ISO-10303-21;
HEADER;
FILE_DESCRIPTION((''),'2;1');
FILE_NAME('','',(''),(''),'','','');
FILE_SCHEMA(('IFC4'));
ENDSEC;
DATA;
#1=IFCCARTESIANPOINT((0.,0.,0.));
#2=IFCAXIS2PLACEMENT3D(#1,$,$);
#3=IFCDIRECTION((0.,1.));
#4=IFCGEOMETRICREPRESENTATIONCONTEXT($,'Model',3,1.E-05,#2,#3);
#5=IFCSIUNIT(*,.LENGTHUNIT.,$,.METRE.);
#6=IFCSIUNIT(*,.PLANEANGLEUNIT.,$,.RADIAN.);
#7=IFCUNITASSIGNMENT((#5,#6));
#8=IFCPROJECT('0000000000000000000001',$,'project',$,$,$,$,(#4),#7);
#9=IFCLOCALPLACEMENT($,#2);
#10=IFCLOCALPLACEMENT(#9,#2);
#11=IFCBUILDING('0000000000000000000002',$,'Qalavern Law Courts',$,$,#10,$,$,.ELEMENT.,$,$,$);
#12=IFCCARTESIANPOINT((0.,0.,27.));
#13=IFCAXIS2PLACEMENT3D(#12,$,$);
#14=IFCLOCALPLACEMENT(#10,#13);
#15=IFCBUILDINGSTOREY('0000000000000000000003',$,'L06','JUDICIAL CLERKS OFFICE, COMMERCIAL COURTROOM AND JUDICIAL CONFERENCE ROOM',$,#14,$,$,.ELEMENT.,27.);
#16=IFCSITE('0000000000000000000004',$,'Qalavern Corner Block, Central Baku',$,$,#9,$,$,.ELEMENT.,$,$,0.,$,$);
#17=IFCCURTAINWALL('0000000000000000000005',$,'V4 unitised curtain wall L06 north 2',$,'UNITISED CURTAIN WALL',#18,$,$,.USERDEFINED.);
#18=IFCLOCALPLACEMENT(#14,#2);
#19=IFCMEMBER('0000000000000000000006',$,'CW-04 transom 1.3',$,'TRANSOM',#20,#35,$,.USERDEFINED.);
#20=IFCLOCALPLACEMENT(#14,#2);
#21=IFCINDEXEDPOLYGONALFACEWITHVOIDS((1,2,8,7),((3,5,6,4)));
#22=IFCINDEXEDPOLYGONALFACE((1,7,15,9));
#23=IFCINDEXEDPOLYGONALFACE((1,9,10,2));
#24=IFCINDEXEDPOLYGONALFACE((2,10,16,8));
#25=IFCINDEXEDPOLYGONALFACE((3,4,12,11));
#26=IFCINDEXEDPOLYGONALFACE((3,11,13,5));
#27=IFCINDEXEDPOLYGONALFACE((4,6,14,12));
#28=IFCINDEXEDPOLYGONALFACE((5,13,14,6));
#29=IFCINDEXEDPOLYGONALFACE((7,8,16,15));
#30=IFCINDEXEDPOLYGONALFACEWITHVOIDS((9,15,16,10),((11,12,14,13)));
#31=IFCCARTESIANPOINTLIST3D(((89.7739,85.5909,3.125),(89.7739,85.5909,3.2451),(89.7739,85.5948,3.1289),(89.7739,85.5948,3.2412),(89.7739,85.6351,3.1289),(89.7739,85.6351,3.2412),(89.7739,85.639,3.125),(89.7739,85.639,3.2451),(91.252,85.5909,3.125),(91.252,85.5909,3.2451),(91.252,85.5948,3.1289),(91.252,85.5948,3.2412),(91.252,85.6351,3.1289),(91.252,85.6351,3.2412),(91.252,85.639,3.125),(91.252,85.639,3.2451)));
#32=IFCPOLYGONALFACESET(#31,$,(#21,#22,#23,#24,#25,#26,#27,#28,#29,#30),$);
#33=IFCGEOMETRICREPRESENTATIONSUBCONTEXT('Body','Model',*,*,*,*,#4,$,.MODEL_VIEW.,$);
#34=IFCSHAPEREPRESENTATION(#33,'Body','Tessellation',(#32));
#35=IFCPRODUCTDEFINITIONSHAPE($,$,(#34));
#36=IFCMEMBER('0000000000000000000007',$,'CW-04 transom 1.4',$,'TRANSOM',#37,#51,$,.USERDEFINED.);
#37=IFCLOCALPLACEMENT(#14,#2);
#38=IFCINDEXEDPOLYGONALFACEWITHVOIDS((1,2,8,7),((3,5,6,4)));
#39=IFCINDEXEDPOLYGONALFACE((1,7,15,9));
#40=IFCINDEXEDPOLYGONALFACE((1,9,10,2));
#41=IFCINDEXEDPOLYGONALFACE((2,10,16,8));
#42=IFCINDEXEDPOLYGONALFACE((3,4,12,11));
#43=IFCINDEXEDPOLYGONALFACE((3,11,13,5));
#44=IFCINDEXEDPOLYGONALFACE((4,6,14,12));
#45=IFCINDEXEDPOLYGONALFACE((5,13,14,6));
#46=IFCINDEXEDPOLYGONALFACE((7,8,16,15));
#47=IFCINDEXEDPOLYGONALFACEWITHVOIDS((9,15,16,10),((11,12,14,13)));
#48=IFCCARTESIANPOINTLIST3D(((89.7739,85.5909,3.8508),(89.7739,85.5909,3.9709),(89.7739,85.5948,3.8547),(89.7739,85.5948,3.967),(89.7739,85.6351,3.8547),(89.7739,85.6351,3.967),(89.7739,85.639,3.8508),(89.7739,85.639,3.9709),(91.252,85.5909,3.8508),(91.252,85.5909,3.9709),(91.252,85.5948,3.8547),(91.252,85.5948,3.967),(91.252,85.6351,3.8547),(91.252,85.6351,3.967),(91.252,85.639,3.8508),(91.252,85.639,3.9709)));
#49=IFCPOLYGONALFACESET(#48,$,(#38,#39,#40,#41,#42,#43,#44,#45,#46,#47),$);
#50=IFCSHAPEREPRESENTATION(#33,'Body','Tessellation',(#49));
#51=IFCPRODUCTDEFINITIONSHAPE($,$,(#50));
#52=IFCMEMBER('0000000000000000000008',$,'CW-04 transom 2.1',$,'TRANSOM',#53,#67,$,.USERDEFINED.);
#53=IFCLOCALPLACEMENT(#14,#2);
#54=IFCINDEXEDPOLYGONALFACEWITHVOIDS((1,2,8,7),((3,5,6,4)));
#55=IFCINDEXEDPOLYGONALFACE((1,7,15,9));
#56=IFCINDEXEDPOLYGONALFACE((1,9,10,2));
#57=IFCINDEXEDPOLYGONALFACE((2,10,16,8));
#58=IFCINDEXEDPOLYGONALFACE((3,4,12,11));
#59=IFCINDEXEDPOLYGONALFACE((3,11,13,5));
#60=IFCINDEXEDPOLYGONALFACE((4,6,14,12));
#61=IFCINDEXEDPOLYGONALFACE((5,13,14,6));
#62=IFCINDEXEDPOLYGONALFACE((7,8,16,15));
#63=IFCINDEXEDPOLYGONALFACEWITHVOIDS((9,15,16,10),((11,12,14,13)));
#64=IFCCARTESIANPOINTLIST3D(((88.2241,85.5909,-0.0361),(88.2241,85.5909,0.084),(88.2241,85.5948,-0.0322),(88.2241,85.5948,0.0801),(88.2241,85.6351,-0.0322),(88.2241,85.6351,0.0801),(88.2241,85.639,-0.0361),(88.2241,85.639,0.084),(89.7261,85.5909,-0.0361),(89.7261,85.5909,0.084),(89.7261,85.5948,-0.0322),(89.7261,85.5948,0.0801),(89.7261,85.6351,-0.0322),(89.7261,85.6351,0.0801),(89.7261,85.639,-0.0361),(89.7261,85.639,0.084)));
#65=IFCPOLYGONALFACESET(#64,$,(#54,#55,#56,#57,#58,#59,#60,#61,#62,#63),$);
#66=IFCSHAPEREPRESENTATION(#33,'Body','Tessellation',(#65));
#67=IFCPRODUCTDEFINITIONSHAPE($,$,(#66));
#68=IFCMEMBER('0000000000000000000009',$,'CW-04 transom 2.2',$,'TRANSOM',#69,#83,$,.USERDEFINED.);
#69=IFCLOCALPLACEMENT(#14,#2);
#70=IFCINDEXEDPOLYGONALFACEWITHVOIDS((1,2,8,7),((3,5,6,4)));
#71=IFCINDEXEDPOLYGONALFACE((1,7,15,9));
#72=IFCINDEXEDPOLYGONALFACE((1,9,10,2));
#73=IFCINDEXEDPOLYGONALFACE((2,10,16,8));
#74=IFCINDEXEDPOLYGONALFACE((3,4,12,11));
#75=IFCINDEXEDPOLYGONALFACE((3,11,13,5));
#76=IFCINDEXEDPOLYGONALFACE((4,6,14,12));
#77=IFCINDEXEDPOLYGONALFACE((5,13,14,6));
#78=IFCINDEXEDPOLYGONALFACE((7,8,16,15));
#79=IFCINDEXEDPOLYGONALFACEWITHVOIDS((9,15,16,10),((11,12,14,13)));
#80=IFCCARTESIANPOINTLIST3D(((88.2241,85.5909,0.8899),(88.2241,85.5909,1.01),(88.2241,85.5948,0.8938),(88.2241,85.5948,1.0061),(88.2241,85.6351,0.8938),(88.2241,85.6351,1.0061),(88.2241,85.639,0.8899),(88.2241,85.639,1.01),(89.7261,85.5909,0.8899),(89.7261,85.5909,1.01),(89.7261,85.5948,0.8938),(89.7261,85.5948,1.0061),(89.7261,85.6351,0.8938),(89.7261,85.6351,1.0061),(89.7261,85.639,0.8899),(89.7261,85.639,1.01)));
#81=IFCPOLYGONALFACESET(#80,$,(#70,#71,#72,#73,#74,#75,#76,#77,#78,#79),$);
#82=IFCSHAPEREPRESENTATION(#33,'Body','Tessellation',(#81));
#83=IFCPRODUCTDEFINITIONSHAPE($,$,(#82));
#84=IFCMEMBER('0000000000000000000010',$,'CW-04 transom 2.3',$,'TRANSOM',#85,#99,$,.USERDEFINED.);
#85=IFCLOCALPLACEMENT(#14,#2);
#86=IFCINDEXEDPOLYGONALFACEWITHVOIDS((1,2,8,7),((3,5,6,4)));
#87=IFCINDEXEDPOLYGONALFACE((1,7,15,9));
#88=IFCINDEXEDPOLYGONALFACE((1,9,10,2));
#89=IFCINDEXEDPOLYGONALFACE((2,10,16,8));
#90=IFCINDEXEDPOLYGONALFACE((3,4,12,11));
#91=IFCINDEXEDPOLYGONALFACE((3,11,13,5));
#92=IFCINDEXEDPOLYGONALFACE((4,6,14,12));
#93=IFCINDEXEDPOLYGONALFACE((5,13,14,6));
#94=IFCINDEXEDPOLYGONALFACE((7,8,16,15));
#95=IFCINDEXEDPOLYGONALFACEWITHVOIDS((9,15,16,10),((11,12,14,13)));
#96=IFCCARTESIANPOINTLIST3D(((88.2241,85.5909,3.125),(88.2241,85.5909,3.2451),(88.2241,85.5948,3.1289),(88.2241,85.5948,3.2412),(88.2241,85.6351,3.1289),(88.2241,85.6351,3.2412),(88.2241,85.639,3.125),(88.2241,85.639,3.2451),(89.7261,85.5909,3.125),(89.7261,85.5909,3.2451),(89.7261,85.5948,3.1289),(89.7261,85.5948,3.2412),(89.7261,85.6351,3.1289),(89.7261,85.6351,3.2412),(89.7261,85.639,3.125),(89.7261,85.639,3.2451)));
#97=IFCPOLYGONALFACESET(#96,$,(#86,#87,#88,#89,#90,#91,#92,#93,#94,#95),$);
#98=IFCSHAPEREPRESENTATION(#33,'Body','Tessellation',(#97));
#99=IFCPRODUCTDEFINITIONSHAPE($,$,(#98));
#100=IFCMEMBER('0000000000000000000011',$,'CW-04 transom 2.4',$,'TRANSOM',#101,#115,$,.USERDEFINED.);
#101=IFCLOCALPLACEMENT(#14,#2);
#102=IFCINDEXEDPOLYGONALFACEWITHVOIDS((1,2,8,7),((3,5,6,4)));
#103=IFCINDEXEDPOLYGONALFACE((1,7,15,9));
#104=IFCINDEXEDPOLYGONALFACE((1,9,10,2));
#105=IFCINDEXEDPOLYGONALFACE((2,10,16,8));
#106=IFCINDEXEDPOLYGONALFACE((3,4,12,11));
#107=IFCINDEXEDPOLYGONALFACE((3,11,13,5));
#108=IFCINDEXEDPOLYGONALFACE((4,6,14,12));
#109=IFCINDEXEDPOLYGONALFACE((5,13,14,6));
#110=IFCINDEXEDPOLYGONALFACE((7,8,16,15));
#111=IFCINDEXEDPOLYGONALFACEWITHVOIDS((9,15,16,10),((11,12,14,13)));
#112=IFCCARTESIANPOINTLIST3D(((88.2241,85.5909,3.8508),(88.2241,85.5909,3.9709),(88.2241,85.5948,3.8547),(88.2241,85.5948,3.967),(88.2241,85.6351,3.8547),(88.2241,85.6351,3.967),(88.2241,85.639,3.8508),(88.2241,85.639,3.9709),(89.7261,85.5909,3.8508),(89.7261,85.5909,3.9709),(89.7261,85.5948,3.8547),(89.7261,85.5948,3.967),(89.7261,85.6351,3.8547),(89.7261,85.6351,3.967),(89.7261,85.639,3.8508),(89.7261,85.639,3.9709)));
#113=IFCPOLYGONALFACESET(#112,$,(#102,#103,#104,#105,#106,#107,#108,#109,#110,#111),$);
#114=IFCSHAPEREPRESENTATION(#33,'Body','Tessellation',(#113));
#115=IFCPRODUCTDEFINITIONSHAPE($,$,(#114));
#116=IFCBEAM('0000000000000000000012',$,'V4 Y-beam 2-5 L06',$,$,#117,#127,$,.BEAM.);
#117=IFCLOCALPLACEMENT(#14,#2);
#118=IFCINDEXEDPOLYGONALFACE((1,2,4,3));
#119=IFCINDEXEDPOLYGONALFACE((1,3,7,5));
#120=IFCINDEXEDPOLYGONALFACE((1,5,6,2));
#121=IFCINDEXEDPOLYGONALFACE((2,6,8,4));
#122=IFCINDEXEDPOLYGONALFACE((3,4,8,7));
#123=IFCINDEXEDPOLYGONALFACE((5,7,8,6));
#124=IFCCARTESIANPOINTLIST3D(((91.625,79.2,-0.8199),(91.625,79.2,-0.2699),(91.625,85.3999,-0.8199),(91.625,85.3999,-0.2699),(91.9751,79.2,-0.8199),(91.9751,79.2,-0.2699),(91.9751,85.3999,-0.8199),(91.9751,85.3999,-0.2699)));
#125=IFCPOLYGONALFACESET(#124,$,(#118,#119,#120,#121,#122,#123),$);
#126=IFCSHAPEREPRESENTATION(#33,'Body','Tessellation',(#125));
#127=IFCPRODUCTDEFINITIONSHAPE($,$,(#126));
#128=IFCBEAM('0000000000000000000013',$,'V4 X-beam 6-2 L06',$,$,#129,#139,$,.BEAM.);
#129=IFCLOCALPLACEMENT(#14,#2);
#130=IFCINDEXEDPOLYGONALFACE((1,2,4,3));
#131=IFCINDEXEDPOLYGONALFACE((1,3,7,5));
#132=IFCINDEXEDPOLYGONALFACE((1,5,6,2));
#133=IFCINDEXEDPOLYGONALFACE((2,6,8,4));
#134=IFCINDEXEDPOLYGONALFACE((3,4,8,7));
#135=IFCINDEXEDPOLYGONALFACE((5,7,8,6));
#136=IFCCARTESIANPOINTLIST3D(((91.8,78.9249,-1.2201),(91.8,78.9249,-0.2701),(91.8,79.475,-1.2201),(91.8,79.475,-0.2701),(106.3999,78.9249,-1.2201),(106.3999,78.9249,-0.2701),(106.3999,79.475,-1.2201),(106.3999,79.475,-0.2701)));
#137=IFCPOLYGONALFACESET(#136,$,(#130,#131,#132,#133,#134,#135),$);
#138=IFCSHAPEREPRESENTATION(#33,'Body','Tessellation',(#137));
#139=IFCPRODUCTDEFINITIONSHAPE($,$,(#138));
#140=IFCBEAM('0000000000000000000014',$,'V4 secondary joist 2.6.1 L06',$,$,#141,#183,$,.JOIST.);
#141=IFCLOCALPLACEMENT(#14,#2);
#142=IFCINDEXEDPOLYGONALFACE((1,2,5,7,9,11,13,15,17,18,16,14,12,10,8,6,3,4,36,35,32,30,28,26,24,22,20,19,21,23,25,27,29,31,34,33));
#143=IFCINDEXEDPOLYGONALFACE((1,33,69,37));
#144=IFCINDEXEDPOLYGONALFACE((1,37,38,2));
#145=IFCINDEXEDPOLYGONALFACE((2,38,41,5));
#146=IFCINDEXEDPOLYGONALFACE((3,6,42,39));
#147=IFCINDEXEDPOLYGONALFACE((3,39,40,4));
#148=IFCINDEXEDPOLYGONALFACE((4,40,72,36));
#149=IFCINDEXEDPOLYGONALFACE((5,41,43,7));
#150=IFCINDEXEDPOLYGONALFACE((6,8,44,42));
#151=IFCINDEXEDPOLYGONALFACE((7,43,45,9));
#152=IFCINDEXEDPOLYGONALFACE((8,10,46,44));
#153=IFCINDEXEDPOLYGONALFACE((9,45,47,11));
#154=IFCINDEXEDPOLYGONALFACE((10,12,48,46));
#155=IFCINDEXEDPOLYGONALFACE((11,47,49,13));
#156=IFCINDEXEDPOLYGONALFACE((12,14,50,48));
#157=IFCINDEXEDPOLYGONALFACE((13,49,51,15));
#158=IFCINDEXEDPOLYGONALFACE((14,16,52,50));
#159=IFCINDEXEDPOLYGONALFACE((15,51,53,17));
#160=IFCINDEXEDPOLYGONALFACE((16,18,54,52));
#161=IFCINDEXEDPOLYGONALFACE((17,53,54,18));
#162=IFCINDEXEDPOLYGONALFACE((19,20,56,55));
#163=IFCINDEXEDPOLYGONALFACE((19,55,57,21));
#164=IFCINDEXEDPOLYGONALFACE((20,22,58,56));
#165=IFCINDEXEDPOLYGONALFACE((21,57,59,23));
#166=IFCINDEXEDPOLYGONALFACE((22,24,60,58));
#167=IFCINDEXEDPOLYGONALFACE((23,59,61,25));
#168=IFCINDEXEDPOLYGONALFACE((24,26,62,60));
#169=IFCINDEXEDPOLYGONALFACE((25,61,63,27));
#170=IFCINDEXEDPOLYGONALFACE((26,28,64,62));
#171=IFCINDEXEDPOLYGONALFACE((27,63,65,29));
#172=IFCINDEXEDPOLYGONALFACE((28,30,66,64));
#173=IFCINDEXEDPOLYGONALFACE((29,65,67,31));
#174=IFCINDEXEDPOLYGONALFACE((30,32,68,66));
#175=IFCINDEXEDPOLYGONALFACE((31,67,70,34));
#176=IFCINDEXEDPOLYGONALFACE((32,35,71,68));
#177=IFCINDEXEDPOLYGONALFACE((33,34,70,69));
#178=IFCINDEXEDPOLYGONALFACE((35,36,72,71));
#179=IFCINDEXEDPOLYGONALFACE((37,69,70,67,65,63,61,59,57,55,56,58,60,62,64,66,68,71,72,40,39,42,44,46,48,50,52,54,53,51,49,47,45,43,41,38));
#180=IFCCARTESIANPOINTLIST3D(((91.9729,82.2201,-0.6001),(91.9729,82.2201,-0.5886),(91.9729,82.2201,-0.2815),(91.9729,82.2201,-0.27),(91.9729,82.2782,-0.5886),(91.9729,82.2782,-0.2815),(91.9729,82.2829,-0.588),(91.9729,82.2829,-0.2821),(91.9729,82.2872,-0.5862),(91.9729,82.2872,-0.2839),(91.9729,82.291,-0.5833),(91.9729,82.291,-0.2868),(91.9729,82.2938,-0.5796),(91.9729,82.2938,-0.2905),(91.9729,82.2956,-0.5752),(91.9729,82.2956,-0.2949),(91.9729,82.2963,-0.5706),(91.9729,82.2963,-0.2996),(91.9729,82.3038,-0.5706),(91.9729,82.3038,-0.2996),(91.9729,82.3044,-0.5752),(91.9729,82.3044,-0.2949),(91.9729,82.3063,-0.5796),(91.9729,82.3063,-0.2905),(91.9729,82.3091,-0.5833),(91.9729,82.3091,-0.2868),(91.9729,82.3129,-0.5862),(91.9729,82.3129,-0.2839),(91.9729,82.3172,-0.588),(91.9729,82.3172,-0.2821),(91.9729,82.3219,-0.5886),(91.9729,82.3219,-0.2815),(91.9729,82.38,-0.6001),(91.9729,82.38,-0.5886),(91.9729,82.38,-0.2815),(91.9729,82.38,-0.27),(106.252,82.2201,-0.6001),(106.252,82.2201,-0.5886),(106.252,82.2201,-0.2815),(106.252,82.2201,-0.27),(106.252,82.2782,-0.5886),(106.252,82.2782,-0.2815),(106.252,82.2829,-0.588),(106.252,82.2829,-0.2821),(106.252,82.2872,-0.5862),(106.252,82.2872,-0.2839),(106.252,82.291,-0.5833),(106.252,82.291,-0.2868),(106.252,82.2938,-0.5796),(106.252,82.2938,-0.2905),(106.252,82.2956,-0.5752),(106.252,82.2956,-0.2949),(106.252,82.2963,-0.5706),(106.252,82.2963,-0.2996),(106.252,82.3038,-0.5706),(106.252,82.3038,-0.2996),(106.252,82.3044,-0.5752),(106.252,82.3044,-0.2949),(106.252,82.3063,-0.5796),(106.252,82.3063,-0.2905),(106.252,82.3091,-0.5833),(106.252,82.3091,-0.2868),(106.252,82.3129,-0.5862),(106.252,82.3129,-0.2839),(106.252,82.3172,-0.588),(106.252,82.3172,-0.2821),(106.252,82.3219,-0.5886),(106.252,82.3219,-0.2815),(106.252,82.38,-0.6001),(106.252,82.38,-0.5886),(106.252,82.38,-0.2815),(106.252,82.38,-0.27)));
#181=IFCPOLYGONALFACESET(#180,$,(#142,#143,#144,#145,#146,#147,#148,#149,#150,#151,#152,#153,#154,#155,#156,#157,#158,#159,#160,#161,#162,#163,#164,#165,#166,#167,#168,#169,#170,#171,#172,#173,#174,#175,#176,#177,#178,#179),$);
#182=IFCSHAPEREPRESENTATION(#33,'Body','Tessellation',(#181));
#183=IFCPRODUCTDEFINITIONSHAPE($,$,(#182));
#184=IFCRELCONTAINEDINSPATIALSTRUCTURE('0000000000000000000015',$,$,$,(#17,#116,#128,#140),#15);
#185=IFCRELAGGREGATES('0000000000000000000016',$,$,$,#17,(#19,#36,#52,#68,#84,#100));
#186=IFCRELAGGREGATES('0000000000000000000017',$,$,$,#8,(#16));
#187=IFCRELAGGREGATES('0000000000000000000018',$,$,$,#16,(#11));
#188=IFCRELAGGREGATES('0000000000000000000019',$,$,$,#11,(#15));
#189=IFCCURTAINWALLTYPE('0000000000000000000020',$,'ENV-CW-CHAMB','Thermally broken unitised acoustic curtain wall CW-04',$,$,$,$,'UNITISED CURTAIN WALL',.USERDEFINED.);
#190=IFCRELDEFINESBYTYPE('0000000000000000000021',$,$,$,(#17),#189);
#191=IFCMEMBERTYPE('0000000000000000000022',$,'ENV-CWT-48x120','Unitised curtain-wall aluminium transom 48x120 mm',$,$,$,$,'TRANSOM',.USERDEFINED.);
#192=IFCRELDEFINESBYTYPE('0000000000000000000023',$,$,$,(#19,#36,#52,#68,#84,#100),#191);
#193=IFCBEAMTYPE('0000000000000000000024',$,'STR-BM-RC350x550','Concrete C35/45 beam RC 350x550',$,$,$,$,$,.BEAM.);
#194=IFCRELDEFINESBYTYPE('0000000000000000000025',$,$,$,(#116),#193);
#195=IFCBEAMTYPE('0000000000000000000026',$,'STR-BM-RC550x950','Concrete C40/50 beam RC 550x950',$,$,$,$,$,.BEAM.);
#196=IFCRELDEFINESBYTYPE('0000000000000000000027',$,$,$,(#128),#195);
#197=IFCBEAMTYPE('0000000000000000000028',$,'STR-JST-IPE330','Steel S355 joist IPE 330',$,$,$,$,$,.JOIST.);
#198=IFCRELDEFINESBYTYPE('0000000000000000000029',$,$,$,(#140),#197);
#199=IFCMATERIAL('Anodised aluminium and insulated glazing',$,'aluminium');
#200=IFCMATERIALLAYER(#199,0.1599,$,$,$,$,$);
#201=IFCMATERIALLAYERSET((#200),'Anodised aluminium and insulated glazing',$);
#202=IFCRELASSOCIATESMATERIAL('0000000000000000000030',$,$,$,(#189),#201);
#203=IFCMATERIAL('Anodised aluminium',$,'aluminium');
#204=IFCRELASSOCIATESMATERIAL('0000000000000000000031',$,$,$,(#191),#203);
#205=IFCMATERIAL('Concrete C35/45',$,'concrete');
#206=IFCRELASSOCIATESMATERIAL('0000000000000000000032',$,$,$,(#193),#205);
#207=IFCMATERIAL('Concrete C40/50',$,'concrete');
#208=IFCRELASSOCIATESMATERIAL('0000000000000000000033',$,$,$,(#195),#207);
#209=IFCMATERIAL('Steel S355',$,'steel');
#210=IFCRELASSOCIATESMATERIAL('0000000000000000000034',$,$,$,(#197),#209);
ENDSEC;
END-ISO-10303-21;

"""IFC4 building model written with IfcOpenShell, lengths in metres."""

from ifc_helpers import new_model, si_unit, direction, frame, origin, origin_2d, place, context, subcontext, project, spatial, rectangle, hollow_rectangle, i_section, extrude, material, layer, layer_set, material_profile, profile_set, type_object, element, aggregate, save


model = new_model("IFC4")

# Units and contexts
model_context = context("Model", 3, precision=1e-05, world=origin(), true_north=direction((0.0, 1.0)))
body_context = subcontext(model_context, "Body", "Model", "MODEL_VIEW")
ifc_project = project(units=[si_unit("LENGTHUNIT", "METRE"), si_unit("PLANEANGLEUNIT", "RADIAN")], contexts=[model_context])

# Site, building, storey
site_placement = place(None, origin())
site = spatial("IfcSite", under=ifc_project, at=site_placement, Name="Qalavern Corner Block, Central Baku", CompositionType="ELEMENT", RefElevation=0.0)
building_placement = place(site_placement, origin())
building = spatial("IfcBuilding", under=site, at=building_placement, Name="Qalavern Law Courts", CompositionType="ELEMENT")
storey_placement = place(building_placement, frame((0.0, 0.0, 27.0)))
storey = spatial("IfcBuildingStorey", under=building, at=storey_placement, Name="L06", Description="JUDICIAL CLERKS OFFICE, COMMERCIAL COURTROOM AND JUDICIAL CONFERENCE ROOM", CompositionType="ELEMENT", Elevation=27.0)

# Shared definitions
ifc_material_1 = material(Name="Anodised aluminium and insulated glazing", Category="aluminium")
ifc_layer_1 = layer(ifc_material_1, 0.1599)
ifc_layer_set_1 = layer_set([ifc_layer_1], Name="Anodised aluminium and insulated glazing")
curtain_wall_type = type_object("IfcCurtainWallType", Name="ENV-CW-CHAMB", Description="Thermally broken unitised acoustic curtain wall CW-04", ElementType="UNITISED CURTAIN WALL", PredefinedType="USERDEFINED", material=ifc_layer_set_1)
ifc_material_2 = material(Name="Anodised aluminium", Category="aluminium")

# Curtain wall
curtain_wall_1_placement = place(storey_placement, origin())
curtain_wall_1 = element("IfcCurtainWall", 1, at=curtain_wall_1_placement, inside=storey, type_object=curtain_wall_type, Name="V4 unitised curtain wall L06 north 2", ObjectType="UNITISED CURTAIN WALL", PredefinedType="USERDEFINED")

# Members
ifc_material_profile_1 = material_profile(ifc_material_2, hollow_rectangle(XDim=0.0481, YDim=0.1201, WallThickness=0.0039, at=origin_2d()), Name="ALU TRANSOM 48x120")
ifc_profile_set_1 = profile_set([ifc_material_profile_1], Name="Anodised aluminium")
member_type_1 = type_object("IfcMemberType", Name="ENV-CWT-48x120", Description="Unitised curtain-wall aluminium transom 48x120 mm", ElementType="TRANSOM", PredefinedType="USERDEFINED", material=ifc_profile_set_1)
member_1_placement = place(storey_placement, frame((91.252, 85.615, 3.1851), z_axis=(-1.0, 0.0, 0.0), x_axis=(0.0, -1.0, 0.0)))
member_1 = element("IfcMember", 2, at=member_1_placement, type_object=member_type_1, Name="CW-04 transom 1.3", ObjectType="TRANSOM", PredefinedType="USERDEFINED", context=body_context, shape_type="SweptSolid", body=[
    extrude(hollow_rectangle(XDim=0.0481, YDim=0.1201, WallThickness=0.0039, at=origin_2d()), origin(), (0.0, 0.0, 1.0), 1.478),
])
member_2_placement = place(storey_placement, frame((91.252, 85.615, 3.9109), z_axis=(-1.0, 0.0, 0.0), x_axis=(0.0, -1.0, 0.0)))
member_2 = element("IfcMember", 3, at=member_2_placement, type_object=member_type_1, Name="CW-04 transom 1.4", ObjectType="TRANSOM", PredefinedType="USERDEFINED", context=body_context, shape_type="SweptSolid", body=[
    extrude(hollow_rectangle(XDim=0.0481, YDim=0.1201, WallThickness=0.0039, at=origin_2d()), origin(), (0.0, 0.0, 1.0), 1.478),
])
member_3_placement = place(storey_placement, frame((89.7261, 85.615, 0.0239), z_axis=(-1.0, 0.0, 0.0), x_axis=(0.0, -1.0, 0.0)))
member_3 = element("IfcMember", 4, at=member_3_placement, type_object=member_type_1, Name="CW-04 transom 2.1", ObjectType="TRANSOM", PredefinedType="USERDEFINED", context=body_context, shape_type="SweptSolid", body=[
    extrude(hollow_rectangle(XDim=0.0481, YDim=0.1201, WallThickness=0.0039, at=origin_2d()), origin(), (0.0, 0.0, 1.0), 1.502),
])
member_4_placement = place(storey_placement, frame((89.7261, 85.615, 0.95), z_axis=(-1.0, 0.0, 0.0), x_axis=(0.0, -1.0, 0.0)))
member_4 = element("IfcMember", 5, at=member_4_placement, type_object=member_type_1, Name="CW-04 transom 2.2", ObjectType="TRANSOM", PredefinedType="USERDEFINED", context=body_context, shape_type="SweptSolid", body=[
    extrude(hollow_rectangle(XDim=0.0481, YDim=0.1201, WallThickness=0.0039, at=origin_2d()), origin(), (0.0, 0.0, 1.0), 1.502),
])
member_5_placement = place(storey_placement, frame((89.7261, 85.615, 3.1851), z_axis=(-1.0, 0.0, 0.0), x_axis=(0.0, -1.0, 0.0)))
member_5 = element("IfcMember", 6, at=member_5_placement, type_object=member_type_1, Name="CW-04 transom 2.3", ObjectType="TRANSOM", PredefinedType="USERDEFINED", context=body_context, shape_type="SweptSolid", body=[
    extrude(hollow_rectangle(XDim=0.0481, YDim=0.1201, WallThickness=0.0039, at=origin_2d()), origin(), (0.0, 0.0, 1.0), 1.502),
])
member_6_placement = place(storey_placement, frame((89.7261, 85.615, 3.9109), z_axis=(-1.0, 0.0, 0.0), x_axis=(0.0, -1.0, 0.0)))
member_6 = element("IfcMember", 7, at=member_6_placement, type_object=member_type_1, Name="CW-04 transom 2.4", ObjectType="TRANSOM", PredefinedType="USERDEFINED", context=body_context, shape_type="SweptSolid", body=[
    extrude(hollow_rectangle(XDim=0.0481, YDim=0.1201, WallThickness=0.0039, at=origin_2d()), origin(), (0.0, 0.0, 1.0), 1.502),
])

# Beams
ifc_material_3 = material(Name="Concrete C35/45", Category="concrete")
ifc_material_profile_2 = material_profile(ifc_material_3, rectangle(XDim=0.3501, YDim=0.55, at=origin_2d()), Name="RC 350x550")
ifc_profile_set_2 = profile_set([ifc_material_profile_2], Name="Concrete C35/45")
beam_type_1 = type_object("IfcBeamType", Name="STR-BM-RC350x550", Description="Concrete C35/45 beam RC 350x550", PredefinedType="BEAM", material=ifc_profile_set_2)
beam_1_placement = place(storey_placement, frame((91.8, 79.2, -0.5449), z_axis=(0.0, 1.0, 0.0), x_axis=(-1.0, 0.0, 0.0)))
element("IfcBeam", 8, at=beam_1_placement, inside=storey, type_object=beam_type_1, Name="V4 Y-beam 2-5 L06", PredefinedType="BEAM", context=body_context, shape_type="SweptSolid", body=[
    extrude(rectangle(XDim=0.3501, YDim=0.55, at=origin_2d()), origin(), (0.0, 0.0, 1.0), 6.2),
])
ifc_material_4 = material(Name="Concrete C40/50", Category="concrete")
ifc_material_profile_3 = material_profile(ifc_material_4, rectangle(XDim=0.55, YDim=0.95, at=origin_2d()), Name="RC 550x950")
ifc_profile_set_3 = profile_set([ifc_material_profile_3], Name="Concrete C40/50")
beam_type_2 = type_object("IfcBeamType", Name="STR-BM-RC550x950", Description="Concrete C40/50 beam RC 550x950", PredefinedType="BEAM", material=ifc_profile_set_3)
beam_2_placement = place(storey_placement, frame((91.8, 79.2, -0.7451), z_axis=(1.0, 0.0, 0.0), x_axis=(0.0, 1.0, 0.0)))
element("IfcBeam", 9, at=beam_2_placement, inside=storey, type_object=beam_type_2, Name="V4 X-beam 6-2 L06", PredefinedType="BEAM", context=body_context, shape_type="SweptSolid", body=[
    extrude(rectangle(XDim=0.55, YDim=0.95, at=origin_2d()), origin(), (0.0, 0.0, 1.0), 14.5999),
])
ifc_material_5 = material(Name="Steel S355", Category="steel")
ifc_material_profile_4 = material_profile(ifc_material_5, i_section(OverallWidth=0.1599, OverallDepth=0.3301, WebThickness=0.0076, FlangeThickness=0.0115, FilletRadius=0.0181, at=origin_2d()), Name="IPE 330")
ifc_profile_set_4 = profile_set([ifc_material_profile_4], Name="Steel S355")
beam_type_3 = type_object("IfcBeamType", Name="STR-JST-IPE330", Description="Steel S355 joist IPE 330", PredefinedType="JOIST", material=ifc_profile_set_4)
beam_3_placement = place(storey_placement, frame((91.9729, 82.3, -0.4351), z_axis=(1.0, 0.0, 0.0), x_axis=(0.0, 1.0, 0.0)))
element("IfcBeam", 10, at=beam_3_placement, inside=storey, type_object=beam_type_3, Name="V4 secondary joist 2.6.1 L06", PredefinedType="JOIST", context=body_context, shape_type="SweptSolid", body=[
    extrude(i_section(OverallWidth=0.1599, OverallDepth=0.3301, WebThickness=0.0076, FlangeThickness=0.0115, FilletRadius=0.0181, at=origin_2d()), origin(), (0.0, 0.0, 1.0), 14.2791),
])

aggregate(curtain_wall_1, [member_1, member_2, member_3, member_4, member_5, member_6])

save(model, "model.ifc")
